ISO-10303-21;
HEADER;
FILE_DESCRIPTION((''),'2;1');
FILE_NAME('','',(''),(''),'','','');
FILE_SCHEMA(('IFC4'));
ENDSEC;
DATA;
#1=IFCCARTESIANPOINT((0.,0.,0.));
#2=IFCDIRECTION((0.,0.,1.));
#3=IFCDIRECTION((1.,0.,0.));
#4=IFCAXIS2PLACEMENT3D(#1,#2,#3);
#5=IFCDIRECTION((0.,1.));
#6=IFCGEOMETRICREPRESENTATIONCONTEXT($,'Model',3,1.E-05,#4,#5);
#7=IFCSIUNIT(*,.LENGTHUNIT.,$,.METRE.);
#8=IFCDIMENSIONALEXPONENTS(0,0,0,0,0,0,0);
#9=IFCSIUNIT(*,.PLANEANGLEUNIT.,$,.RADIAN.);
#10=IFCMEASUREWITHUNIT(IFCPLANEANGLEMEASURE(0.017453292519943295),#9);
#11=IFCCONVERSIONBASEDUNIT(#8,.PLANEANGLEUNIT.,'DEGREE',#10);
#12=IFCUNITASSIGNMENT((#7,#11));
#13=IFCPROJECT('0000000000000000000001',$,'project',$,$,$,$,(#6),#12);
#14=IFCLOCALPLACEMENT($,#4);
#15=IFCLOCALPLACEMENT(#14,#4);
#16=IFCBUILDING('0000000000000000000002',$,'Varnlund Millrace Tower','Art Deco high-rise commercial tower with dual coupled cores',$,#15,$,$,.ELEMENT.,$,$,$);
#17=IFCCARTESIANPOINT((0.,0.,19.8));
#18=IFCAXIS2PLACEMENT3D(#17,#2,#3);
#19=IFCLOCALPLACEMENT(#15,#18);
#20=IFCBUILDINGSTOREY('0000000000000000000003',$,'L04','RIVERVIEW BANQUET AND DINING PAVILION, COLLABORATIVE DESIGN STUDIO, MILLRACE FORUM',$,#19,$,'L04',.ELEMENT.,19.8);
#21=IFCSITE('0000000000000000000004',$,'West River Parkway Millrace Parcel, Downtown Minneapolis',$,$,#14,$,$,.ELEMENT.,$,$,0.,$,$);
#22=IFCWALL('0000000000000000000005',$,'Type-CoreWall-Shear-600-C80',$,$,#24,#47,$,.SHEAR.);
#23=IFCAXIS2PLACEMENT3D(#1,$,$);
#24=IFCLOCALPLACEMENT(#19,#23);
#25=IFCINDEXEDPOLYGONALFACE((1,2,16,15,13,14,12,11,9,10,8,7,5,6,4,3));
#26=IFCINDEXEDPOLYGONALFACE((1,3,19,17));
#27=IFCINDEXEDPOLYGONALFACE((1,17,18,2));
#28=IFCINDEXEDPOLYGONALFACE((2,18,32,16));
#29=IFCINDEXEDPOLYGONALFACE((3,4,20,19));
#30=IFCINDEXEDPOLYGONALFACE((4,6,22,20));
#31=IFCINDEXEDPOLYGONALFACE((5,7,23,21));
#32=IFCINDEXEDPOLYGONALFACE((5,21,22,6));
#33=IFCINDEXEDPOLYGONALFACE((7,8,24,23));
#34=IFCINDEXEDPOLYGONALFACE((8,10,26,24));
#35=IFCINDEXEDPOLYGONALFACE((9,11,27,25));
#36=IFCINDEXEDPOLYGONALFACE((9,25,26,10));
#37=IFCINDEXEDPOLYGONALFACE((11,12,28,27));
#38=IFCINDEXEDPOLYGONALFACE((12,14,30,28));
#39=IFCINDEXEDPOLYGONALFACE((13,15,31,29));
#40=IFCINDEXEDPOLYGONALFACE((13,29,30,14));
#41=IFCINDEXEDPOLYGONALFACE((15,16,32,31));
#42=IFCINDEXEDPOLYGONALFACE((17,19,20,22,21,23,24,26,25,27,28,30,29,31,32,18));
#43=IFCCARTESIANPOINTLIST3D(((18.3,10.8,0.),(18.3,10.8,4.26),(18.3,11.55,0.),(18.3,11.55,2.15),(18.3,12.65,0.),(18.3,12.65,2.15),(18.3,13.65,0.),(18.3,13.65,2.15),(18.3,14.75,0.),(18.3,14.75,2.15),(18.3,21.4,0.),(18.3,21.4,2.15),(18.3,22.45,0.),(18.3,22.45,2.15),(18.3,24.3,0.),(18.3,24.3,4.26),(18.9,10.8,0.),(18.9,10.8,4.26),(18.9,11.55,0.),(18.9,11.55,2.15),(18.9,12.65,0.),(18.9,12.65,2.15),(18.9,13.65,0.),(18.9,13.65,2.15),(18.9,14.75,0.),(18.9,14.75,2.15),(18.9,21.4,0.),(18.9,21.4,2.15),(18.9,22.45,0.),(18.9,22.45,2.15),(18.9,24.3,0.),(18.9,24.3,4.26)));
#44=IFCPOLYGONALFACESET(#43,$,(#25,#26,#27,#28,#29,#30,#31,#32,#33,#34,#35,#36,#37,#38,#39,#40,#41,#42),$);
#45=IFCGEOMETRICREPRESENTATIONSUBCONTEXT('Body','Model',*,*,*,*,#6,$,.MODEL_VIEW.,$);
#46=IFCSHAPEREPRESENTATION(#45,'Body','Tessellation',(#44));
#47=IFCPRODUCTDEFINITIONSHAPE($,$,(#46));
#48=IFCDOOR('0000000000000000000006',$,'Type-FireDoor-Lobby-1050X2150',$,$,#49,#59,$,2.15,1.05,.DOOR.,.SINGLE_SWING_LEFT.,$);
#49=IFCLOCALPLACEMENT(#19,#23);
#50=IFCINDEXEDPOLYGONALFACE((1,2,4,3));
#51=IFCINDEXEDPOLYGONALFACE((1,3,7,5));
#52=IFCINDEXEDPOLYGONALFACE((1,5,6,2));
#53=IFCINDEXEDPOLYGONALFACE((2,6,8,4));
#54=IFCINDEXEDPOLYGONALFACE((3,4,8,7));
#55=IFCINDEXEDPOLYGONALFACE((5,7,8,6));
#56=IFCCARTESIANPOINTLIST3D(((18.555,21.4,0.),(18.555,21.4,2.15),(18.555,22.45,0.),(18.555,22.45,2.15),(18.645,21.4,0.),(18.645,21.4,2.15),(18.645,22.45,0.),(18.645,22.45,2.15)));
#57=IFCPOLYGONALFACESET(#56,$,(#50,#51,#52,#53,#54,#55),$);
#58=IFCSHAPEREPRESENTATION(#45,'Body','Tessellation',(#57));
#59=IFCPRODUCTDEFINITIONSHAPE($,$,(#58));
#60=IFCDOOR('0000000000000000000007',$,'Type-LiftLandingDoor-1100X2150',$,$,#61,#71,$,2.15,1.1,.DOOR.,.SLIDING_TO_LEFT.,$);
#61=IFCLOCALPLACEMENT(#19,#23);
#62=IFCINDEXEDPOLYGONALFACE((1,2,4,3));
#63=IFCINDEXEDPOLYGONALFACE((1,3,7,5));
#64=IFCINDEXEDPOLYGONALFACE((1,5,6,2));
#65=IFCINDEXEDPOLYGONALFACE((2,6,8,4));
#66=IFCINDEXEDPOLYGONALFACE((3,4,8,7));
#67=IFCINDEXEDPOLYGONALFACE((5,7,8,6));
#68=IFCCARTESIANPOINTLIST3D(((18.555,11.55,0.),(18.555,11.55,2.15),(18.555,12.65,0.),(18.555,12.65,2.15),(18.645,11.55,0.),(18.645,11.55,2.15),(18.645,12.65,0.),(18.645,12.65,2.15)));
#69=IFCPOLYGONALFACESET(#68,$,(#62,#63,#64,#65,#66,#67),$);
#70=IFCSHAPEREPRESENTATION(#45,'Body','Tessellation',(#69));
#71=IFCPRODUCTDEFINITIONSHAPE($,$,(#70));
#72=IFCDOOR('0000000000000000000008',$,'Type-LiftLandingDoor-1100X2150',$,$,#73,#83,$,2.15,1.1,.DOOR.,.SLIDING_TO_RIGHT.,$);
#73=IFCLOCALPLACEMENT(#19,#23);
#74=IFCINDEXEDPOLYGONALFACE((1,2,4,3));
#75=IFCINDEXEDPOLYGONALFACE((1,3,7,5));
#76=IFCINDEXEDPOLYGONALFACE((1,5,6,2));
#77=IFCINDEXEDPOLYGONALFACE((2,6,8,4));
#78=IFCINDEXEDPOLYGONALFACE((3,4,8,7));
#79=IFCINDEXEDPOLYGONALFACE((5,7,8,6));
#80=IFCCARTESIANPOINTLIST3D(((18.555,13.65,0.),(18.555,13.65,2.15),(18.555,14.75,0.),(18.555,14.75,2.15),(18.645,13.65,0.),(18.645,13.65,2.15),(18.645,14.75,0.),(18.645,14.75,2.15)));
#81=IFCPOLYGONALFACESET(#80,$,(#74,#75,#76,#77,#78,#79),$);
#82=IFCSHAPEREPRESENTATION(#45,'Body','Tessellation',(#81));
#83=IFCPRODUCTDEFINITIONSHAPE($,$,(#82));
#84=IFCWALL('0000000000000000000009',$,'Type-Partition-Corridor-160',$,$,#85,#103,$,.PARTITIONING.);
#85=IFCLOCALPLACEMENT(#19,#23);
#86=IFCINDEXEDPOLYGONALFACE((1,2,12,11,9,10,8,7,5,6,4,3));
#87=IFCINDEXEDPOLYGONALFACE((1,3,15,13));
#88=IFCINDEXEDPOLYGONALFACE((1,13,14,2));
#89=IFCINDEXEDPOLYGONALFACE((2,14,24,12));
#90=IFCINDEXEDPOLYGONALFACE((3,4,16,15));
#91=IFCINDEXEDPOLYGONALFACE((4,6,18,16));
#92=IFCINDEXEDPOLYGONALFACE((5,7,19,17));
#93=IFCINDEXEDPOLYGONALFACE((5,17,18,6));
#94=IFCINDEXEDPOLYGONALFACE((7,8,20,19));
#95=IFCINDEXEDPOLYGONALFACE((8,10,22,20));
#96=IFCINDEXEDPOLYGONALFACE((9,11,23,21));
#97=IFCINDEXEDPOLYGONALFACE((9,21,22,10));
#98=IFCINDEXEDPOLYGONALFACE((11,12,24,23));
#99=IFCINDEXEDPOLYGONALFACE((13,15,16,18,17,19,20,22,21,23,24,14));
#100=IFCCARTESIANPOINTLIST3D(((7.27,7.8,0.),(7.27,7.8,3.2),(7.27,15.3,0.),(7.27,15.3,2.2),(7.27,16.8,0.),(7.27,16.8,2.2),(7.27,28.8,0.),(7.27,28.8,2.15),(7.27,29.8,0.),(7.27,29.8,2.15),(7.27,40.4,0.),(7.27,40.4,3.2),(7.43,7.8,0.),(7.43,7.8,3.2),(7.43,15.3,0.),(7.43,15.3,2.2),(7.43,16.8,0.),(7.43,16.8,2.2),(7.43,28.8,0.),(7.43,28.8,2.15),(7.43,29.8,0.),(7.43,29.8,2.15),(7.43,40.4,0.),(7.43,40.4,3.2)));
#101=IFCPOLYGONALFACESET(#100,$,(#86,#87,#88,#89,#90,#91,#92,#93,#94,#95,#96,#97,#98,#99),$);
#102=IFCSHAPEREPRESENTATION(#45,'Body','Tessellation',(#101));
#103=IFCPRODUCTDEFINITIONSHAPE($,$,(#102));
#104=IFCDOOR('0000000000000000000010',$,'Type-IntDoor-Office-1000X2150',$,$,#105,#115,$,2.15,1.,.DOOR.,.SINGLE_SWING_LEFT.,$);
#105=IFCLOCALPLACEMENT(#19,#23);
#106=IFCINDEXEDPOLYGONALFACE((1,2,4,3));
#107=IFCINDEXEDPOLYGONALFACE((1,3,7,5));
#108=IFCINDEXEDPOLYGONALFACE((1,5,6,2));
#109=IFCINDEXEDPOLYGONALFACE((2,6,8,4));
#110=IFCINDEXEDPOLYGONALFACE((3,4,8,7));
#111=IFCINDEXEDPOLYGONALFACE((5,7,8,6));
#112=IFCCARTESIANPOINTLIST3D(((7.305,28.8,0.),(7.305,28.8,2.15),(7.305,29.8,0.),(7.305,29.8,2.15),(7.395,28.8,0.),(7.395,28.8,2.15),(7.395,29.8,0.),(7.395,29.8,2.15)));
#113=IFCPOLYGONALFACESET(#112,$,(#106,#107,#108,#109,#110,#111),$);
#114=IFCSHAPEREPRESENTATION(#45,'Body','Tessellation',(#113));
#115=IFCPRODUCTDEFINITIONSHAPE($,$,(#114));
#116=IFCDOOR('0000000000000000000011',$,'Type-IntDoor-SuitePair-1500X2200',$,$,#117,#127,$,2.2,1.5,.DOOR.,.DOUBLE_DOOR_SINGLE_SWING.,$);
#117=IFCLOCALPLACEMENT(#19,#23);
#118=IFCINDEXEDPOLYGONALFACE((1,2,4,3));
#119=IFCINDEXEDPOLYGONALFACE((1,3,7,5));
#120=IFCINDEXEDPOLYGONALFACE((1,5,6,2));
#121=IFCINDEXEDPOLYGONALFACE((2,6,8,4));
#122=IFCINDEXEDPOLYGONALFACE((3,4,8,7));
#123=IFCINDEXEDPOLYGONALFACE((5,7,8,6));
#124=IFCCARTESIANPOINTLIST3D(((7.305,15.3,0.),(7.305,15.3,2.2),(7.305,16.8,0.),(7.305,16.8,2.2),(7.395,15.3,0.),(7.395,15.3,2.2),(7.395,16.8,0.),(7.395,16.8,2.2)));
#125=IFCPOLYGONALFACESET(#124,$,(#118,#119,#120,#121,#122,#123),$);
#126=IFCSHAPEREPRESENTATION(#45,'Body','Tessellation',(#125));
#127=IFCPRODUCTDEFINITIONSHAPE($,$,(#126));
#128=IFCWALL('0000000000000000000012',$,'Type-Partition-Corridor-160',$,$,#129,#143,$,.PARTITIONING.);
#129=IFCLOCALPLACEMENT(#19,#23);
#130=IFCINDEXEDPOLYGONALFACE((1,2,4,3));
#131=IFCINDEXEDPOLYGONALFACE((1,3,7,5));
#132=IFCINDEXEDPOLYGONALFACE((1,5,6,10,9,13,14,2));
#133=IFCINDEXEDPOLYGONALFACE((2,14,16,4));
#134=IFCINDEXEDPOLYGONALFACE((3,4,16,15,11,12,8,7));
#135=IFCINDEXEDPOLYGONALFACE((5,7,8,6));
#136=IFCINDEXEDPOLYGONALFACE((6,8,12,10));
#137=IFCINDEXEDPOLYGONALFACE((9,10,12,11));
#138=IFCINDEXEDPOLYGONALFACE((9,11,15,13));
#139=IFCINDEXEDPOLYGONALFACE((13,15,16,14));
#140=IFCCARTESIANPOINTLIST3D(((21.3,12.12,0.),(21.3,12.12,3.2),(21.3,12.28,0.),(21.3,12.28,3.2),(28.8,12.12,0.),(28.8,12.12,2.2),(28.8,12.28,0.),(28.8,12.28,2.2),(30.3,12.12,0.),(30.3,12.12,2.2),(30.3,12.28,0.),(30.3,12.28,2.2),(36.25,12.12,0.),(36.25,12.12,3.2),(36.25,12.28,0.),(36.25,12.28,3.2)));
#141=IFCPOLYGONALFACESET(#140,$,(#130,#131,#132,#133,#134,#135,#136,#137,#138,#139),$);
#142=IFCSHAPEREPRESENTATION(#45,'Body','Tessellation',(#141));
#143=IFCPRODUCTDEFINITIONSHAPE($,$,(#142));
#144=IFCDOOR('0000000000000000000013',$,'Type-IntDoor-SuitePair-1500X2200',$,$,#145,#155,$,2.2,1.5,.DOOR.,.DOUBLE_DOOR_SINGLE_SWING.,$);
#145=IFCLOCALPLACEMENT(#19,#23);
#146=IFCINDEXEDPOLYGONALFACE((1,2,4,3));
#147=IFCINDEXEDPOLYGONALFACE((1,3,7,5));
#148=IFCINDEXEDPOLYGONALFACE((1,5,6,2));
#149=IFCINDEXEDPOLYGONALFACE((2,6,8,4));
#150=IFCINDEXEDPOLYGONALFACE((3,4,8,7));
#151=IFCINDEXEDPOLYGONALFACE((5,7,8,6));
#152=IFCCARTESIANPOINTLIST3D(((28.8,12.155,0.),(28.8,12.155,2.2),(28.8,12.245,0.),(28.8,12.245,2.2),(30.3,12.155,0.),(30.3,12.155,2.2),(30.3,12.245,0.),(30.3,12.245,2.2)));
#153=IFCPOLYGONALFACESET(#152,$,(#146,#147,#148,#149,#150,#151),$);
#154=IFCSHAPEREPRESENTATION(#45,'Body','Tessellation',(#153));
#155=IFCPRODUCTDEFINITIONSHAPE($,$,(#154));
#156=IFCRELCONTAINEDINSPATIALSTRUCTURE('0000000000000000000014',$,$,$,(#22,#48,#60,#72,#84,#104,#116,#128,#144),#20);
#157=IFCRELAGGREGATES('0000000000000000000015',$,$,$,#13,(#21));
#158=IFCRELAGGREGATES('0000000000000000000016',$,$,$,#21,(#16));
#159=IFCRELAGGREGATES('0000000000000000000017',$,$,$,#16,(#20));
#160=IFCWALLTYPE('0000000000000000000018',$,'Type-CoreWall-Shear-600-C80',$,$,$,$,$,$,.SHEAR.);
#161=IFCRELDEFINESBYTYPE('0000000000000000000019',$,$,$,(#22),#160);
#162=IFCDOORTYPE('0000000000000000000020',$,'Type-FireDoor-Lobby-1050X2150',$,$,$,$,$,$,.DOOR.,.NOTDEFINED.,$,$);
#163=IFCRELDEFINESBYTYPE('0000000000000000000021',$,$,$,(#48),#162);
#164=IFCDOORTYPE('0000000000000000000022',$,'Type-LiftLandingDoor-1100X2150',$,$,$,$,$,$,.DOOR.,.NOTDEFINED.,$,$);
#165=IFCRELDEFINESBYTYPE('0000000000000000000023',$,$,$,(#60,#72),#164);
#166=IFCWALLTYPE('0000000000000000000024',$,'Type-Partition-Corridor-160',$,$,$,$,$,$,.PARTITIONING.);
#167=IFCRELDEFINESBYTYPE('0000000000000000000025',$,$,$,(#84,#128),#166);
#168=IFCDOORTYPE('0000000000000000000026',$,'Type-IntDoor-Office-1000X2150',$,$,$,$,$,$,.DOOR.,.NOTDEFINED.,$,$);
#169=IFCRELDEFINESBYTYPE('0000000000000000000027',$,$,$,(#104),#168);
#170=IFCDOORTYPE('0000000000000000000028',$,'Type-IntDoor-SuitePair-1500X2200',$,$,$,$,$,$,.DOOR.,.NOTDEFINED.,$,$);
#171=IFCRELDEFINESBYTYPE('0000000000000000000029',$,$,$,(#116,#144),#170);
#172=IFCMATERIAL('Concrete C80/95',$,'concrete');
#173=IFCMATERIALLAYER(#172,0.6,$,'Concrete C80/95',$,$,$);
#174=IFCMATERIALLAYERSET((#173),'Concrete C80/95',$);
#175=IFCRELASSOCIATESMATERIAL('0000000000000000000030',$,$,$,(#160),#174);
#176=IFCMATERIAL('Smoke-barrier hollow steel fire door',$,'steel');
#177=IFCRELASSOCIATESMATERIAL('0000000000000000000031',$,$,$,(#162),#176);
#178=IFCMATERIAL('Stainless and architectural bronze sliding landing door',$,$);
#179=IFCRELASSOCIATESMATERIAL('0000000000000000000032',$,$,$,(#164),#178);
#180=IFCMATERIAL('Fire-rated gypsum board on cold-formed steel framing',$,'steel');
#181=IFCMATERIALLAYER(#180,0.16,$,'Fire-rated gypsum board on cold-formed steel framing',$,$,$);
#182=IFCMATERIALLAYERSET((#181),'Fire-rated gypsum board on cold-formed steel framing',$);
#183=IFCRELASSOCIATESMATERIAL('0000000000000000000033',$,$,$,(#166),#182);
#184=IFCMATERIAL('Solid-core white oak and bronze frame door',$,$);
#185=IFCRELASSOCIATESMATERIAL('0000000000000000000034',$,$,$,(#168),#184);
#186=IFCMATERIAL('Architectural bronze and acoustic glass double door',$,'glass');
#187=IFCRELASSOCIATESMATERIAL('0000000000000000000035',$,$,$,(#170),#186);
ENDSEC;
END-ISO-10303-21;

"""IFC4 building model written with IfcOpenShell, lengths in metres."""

from ifc_helpers import new_model, entity, si_unit, converted_unit, direction, frame, origin_with_axes, origin_2d_with_axis, place, context, subcontext, project, spatial, polyline, rectangle, outline, extrude, material, layer, layer_set, type_object, element, fill, save


model = new_model("IFC4")

# Units and contexts
model_context = context("Model", 3, precision=1e-05, world=origin_with_axes(), true_north=direction((0.0, 1.0)))
body_context = subcontext(model_context, "Body", "Model", "MODEL_VIEW")
ifc_project = project(units=[si_unit("LENGTHUNIT", "METRE"), converted_unit("PLANEANGLEUNIT", "DEGREE", entity("IfcPlaneAngleMeasure", 0.017453292519943295), si_unit("PLANEANGLEUNIT", "RADIAN"), dimensions=[0, 0, 0, 0, 0, 0, 0])], contexts=[model_context])

# Site, building, storey
site_placement = place(None, origin_with_axes())
site = spatial("IfcSite", under=ifc_project, at=site_placement, Name="West River Parkway Millrace Parcel, Downtown Minneapolis", CompositionType="ELEMENT", RefElevation=0.0)
building_placement = place(site_placement, origin_with_axes())
building = spatial("IfcBuilding", under=site, at=building_placement, Name="Varnlund Millrace Tower", Description="Art Deco high-rise commercial tower with dual coupled cores", CompositionType="ELEMENT")
storey_placement = place(building_placement, frame((0.0, 0.0, 19.8), z_axis=(0.0, 0.0, 1.0), x_axis=(1.0, 0.0, 0.0)))
storey = spatial("IfcBuildingStorey", under=building, at=storey_placement, Name="L04", Description="RIVERVIEW BANQUET AND DINING PAVILION, COLLABORATIVE DESIGN STUDIO, MILLRACE FORUM", LongName="L04", CompositionType="ELEMENT", Elevation=19.8)

# Shared definitions
ifc_material_1 = material(Name="Concrete C80/95", Category="concrete")

# Shared definitions
ifc_layer_1 = layer(ifc_material_1, 0.6, Name="Concrete C80/95")
ifc_layer_set_1 = layer_set([ifc_layer_1], Name="Concrete C80/95")
wall_type_1 = type_object("IfcWallType", Name="Type-CoreWall-Shear-600-C80", PredefinedType="SHEAR", material=ifc_layer_set_1)

# Walls, openings, doors
wall_1_placement = place(storey_placement, frame((18.6, 10.8, 0.0), z_axis=(0.0, 0.0, 1.0), x_axis=(0.0, 1.0, 0.0)))
wall_1 = element("IfcWall", 1, at=wall_1_placement, inside=storey, type_object=wall_type_1, Name="Type-CoreWall-Shear-600-C80", PredefinedType="SHEAR", context=body_context, shape_type="SweptSolid", body=[
    extrude(outline(polyline([(0.0, -0.3), (13.5, -0.3), (13.5, 0.3), (0.0, 0.3), (0.0, -0.3)])), origin_with_axes(), (0.0, 0.0, 1.0), 4.26),
])
opening_1_placement = place(wall_1_placement, frame((1.3, 0.0, 0.0), z_axis=(0.0, 0.0, 1.0), x_axis=(1.0, 0.0, 0.0)))
opening_1 = element("IfcOpeningElement", 2, at=opening_1_placement, cuts=wall_1, PredefinedType="OPENING", context=body_context, shape_type="SweptSolid", body=[
    extrude(rectangle(XDim=1.1, YDim=0.62, at=origin_2d_with_axis()), origin_with_axes(), (0.0, 0.0, 1.0), 2.15),
])
opening_2_placement = place(wall_1_placement, frame((3.4, 0.0, 0.0), z_axis=(0.0, 0.0, 1.0), x_axis=(1.0, 0.0, 0.0)))
opening_2 = element("IfcOpeningElement", 3, at=opening_2_placement, cuts=wall_1, PredefinedType="OPENING", context=body_context, shape_type="SweptSolid", body=[
    extrude(rectangle(XDim=1.1, YDim=0.62, at=origin_2d_with_axis()), origin_with_axes(), (0.0, 0.0, 1.0), 2.15),
])
opening_3_placement = place(wall_1_placement, frame((11.125, 0.0, 0.0), z_axis=(0.0, 0.0, 1.0), x_axis=(1.0, 0.0, 0.0)))
opening_3 = element("IfcOpeningElement", 4, at=opening_3_placement, cuts=wall_1, PredefinedType="OPENING", context=body_context, shape_type="SweptSolid", body=[
    extrude(rectangle(XDim=1.05, YDim=0.62, at=origin_2d_with_axis()), origin_with_axes(), (0.0, 0.0, 1.0), 2.15),
])
ifc_material_2 = material(Name="Smoke-barrier hollow steel fire door", Category="steel")
door_type_1 = type_object("IfcDoorType", Name="Type-FireDoor-Lobby-1050X2150", OperationType="NOTDEFINED", PredefinedType="DOOR", material=ifc_material_2)
door_1_placement = place(wall_1_placement, frame((11.125, 0.0, 0.0), z_axis=(0.0, 0.0, 1.0), x_axis=(1.0, 0.0, 0.0)))
door_1 = element("IfcDoor", 5, at=door_1_placement, inside=storey, type_object=door_type_1, Name="Type-FireDoor-Lobby-1050X2150", OperationType="SINGLE_SWING_LEFT", OverallHeight=2.15, OverallWidth=1.05, PredefinedType="DOOR", context=body_context, shape_type="SweptSolid", body=[
    extrude(rectangle(XDim=1.05, YDim=0.09, at=origin_2d_with_axis()), origin_with_axes(), (0.0, 0.0, 1.0), 2.15),
])
fill(opening_3, door_1)
ifc_material_3 = material(Name="Stainless and architectural bronze sliding landing door")
door_type_2 = type_object("IfcDoorType", Name="Type-LiftLandingDoor-1100X2150", OperationType="NOTDEFINED", PredefinedType="DOOR", material=ifc_material_3)
door_2_placement = place(wall_1_placement, frame((1.3, 0.0, 0.0), z_axis=(0.0, 0.0, 1.0), x_axis=(1.0, 0.0, 0.0)))
door_2 = element("IfcDoor", 6, at=door_2_placement, inside=storey, type_object=door_type_2, Name="Type-LiftLandingDoor-1100X2150", OperationType="SLIDING_TO_LEFT", OverallHeight=2.15, OverallWidth=1.1, PredefinedType="DOOR", context=body_context, shape_type="SweptSolid", body=[
    extrude(rectangle(XDim=1.1, YDim=0.09, at=origin_2d_with_axis()), origin_with_axes(), (0.0, 0.0, 1.0), 2.15),
])
fill(opening_1, door_2)
door_3_placement = place(wall_1_placement, frame((3.4, 0.0, 0.0), z_axis=(0.0, 0.0, 1.0), x_axis=(1.0, 0.0, 0.0)))
door_3 = element("IfcDoor", 7, at=door_3_placement, inside=storey, type_object=door_type_2, Name="Type-LiftLandingDoor-1100X2150", OperationType="SLIDING_TO_RIGHT", OverallHeight=2.15, OverallWidth=1.1, PredefinedType="DOOR", context=body_context, shape_type="SweptSolid", body=[
    extrude(rectangle(XDim=1.1, YDim=0.09, at=origin_2d_with_axis()), origin_with_axes(), (0.0, 0.0, 1.0), 2.15),
])
fill(opening_2, door_3)
ifc_material_4 = material(Name="Fire-rated gypsum board on cold-formed steel framing", Category="steel")
ifc_layer_2 = layer(ifc_material_4, 0.16, Name="Fire-rated gypsum board on cold-formed steel framing")
ifc_layer_set_2 = layer_set([ifc_layer_2], Name="Fire-rated gypsum board on cold-formed steel framing")
wall_type_2 = type_object("IfcWallType", Name="Type-Partition-Corridor-160", PredefinedType="PARTITIONING", material=ifc_layer_set_2)
wall_2_placement = place(storey_placement, frame((7.35, 7.8, 0.0), z_axis=(0.0, 0.0, 1.0), x_axis=(0.0, 1.0, 0.0)))
wall_2 = element("IfcWall", 8, at=wall_2_placement, inside=storey, type_object=wall_type_2, Name="Type-Partition-Corridor-160", PredefinedType="PARTITIONING", context=body_context, shape_type="SweptSolid", body=[
    extrude(outline(polyline([(0.0, -0.08), (32.6, -0.08), (32.6, 0.08), (0.0, 0.08), (0.0, -0.08)])), origin_with_axes(), (0.0, 0.0, 1.0), 3.2),
])
opening_4_placement = place(wall_2_placement, frame((8.25, 0.0, 0.0), z_axis=(0.0, 0.0, 1.0), x_axis=(1.0, 0.0, 0.0)))
opening_4 = element("IfcOpeningElement", 9, at=opening_4_placement, cuts=wall_2, PredefinedType="OPENING", context=body_context, shape_type="SweptSolid", body=[
    extrude(rectangle(XDim=1.5, YDim=0.18, at=origin_2d_with_axis()), origin_with_axes(), (0.0, 0.0, 1.0), 2.2),
])
opening_5_placement = place(wall_2_placement, frame((21.5, 0.0, 0.0), z_axis=(0.0, 0.0, 1.0), x_axis=(1.0, 0.0, 0.0)))
opening_5 = element("IfcOpeningElement", 10, at=opening_5_placement, cuts=wall_2, PredefinedType="OPENING", context=body_context, shape_type="SweptSolid", body=[
    extrude(rectangle(XDim=1.0, YDim=0.18, at=origin_2d_with_axis()), origin_with_axes(), (0.0, 0.0, 1.0), 2.15),
])
ifc_material_5 = material(Name="Solid-core white oak and bronze frame door")
door_type_3 = type_object("IfcDoorType", Name="Type-IntDoor-Office-1000X2150", OperationType="NOTDEFINED", PredefinedType="DOOR", material=ifc_material_5)
door_4_placement = place(wall_2_placement, frame((21.5, 0.0, 0.0), z_axis=(0.0, 0.0, 1.0), x_axis=(1.0, 0.0, 0.0)))
door_4 = element("IfcDoor", 11, at=door_4_placement, inside=storey, type_object=door_type_3, Name="Type-IntDoor-Office-1000X2150", OperationType="SINGLE_SWING_LEFT", OverallHeight=2.15, OverallWidth=1.0, PredefinedType="DOOR", context=body_context, shape_type="SweptSolid", body=[
    extrude(rectangle(XDim=1.0, YDim=0.09, at=origin_2d_with_axis()), origin_with_axes(), (0.0, 0.0, 1.0), 2.15),
])
fill(opening_5, door_4)
ifc_material_6 = material(Name="Architectural bronze and acoustic glass double door", Category="glass")
door_type_4 = type_object("IfcDoorType", Name="Type-IntDoor-SuitePair-1500X2200", OperationType="NOTDEFINED", PredefinedType="DOOR", material=ifc_material_6)
door_5_placement = place(wall_2_placement, frame((8.25, 0.0, 0.0), z_axis=(0.0, 0.0, 1.0), x_axis=(1.0, 0.0, 0.0)))
door_5 = element("IfcDoor", 12, at=door_5_placement, inside=storey, type_object=door_type_4, Name="Type-IntDoor-SuitePair-1500X2200", OperationType="DOUBLE_DOOR_SINGLE_SWING", OverallHeight=2.2, OverallWidth=1.5, PredefinedType="DOOR", context=body_context, shape_type="SweptSolid", body=[
    extrude(rectangle(XDim=1.5, YDim=0.09, at=origin_2d_with_axis()), origin_with_axes(), (0.0, 0.0, 1.0), 2.2),
])
fill(opening_4, door_5)

# Wall, opening, door
wall_3_placement = place(storey_placement, frame((21.3, 12.2, 0.0), z_axis=(0.0, 0.0, 1.0), x_axis=(1.0, 0.0, 0.0)))
wall_3 = element("IfcWall", 13, at=wall_3_placement, inside=storey, type_object=wall_type_2, Name="Type-Partition-Corridor-160", PredefinedType="PARTITIONING", context=body_context, shape_type="SweptSolid", body=[
    extrude(outline(polyline([(0.0, -0.08), (14.95, -0.08), (14.95, 0.08), (0.0, 0.08), (0.0, -0.08)])), origin_with_axes(), (0.0, 0.0, 1.0), 3.2),
])
opening_6_placement = place(wall_3_placement, frame((8.25, 0.0, 0.0), z_axis=(0.0, 0.0, 1.0), x_axis=(1.0, 0.0, 0.0)))
opening_6 = element("IfcOpeningElement", 14, at=opening_6_placement, cuts=wall_3, PredefinedType="OPENING", context=body_context, shape_type="SweptSolid", body=[
    extrude(rectangle(XDim=1.5, YDim=0.18, at=origin_2d_with_axis()), origin_with_axes(), (0.0, 0.0, 1.0), 2.2),
])
door_6_placement = place(wall_3_placement, frame((8.25, 0.0, 0.0), z_axis=(0.0, 0.0, 1.0), x_axis=(1.0, 0.0, 0.0)))
door_6 = element("IfcDoor", 15, at=door_6_placement, inside=storey, type_object=door_type_4, Name="Type-IntDoor-SuitePair-1500X2200", OperationType="DOUBLE_DOOR_SINGLE_SWING", OverallHeight=2.2, OverallWidth=1.5, PredefinedType="DOOR", context=body_context, shape_type="SweptSolid", body=[
    extrude(rectangle(XDim=1.5, YDim=0.09, at=origin_2d_with_axis()), origin_with_axes(), (0.0, 0.0, 1.0), 2.2),
])
fill(opening_6, door_6)

save(model, "model.ifc")
